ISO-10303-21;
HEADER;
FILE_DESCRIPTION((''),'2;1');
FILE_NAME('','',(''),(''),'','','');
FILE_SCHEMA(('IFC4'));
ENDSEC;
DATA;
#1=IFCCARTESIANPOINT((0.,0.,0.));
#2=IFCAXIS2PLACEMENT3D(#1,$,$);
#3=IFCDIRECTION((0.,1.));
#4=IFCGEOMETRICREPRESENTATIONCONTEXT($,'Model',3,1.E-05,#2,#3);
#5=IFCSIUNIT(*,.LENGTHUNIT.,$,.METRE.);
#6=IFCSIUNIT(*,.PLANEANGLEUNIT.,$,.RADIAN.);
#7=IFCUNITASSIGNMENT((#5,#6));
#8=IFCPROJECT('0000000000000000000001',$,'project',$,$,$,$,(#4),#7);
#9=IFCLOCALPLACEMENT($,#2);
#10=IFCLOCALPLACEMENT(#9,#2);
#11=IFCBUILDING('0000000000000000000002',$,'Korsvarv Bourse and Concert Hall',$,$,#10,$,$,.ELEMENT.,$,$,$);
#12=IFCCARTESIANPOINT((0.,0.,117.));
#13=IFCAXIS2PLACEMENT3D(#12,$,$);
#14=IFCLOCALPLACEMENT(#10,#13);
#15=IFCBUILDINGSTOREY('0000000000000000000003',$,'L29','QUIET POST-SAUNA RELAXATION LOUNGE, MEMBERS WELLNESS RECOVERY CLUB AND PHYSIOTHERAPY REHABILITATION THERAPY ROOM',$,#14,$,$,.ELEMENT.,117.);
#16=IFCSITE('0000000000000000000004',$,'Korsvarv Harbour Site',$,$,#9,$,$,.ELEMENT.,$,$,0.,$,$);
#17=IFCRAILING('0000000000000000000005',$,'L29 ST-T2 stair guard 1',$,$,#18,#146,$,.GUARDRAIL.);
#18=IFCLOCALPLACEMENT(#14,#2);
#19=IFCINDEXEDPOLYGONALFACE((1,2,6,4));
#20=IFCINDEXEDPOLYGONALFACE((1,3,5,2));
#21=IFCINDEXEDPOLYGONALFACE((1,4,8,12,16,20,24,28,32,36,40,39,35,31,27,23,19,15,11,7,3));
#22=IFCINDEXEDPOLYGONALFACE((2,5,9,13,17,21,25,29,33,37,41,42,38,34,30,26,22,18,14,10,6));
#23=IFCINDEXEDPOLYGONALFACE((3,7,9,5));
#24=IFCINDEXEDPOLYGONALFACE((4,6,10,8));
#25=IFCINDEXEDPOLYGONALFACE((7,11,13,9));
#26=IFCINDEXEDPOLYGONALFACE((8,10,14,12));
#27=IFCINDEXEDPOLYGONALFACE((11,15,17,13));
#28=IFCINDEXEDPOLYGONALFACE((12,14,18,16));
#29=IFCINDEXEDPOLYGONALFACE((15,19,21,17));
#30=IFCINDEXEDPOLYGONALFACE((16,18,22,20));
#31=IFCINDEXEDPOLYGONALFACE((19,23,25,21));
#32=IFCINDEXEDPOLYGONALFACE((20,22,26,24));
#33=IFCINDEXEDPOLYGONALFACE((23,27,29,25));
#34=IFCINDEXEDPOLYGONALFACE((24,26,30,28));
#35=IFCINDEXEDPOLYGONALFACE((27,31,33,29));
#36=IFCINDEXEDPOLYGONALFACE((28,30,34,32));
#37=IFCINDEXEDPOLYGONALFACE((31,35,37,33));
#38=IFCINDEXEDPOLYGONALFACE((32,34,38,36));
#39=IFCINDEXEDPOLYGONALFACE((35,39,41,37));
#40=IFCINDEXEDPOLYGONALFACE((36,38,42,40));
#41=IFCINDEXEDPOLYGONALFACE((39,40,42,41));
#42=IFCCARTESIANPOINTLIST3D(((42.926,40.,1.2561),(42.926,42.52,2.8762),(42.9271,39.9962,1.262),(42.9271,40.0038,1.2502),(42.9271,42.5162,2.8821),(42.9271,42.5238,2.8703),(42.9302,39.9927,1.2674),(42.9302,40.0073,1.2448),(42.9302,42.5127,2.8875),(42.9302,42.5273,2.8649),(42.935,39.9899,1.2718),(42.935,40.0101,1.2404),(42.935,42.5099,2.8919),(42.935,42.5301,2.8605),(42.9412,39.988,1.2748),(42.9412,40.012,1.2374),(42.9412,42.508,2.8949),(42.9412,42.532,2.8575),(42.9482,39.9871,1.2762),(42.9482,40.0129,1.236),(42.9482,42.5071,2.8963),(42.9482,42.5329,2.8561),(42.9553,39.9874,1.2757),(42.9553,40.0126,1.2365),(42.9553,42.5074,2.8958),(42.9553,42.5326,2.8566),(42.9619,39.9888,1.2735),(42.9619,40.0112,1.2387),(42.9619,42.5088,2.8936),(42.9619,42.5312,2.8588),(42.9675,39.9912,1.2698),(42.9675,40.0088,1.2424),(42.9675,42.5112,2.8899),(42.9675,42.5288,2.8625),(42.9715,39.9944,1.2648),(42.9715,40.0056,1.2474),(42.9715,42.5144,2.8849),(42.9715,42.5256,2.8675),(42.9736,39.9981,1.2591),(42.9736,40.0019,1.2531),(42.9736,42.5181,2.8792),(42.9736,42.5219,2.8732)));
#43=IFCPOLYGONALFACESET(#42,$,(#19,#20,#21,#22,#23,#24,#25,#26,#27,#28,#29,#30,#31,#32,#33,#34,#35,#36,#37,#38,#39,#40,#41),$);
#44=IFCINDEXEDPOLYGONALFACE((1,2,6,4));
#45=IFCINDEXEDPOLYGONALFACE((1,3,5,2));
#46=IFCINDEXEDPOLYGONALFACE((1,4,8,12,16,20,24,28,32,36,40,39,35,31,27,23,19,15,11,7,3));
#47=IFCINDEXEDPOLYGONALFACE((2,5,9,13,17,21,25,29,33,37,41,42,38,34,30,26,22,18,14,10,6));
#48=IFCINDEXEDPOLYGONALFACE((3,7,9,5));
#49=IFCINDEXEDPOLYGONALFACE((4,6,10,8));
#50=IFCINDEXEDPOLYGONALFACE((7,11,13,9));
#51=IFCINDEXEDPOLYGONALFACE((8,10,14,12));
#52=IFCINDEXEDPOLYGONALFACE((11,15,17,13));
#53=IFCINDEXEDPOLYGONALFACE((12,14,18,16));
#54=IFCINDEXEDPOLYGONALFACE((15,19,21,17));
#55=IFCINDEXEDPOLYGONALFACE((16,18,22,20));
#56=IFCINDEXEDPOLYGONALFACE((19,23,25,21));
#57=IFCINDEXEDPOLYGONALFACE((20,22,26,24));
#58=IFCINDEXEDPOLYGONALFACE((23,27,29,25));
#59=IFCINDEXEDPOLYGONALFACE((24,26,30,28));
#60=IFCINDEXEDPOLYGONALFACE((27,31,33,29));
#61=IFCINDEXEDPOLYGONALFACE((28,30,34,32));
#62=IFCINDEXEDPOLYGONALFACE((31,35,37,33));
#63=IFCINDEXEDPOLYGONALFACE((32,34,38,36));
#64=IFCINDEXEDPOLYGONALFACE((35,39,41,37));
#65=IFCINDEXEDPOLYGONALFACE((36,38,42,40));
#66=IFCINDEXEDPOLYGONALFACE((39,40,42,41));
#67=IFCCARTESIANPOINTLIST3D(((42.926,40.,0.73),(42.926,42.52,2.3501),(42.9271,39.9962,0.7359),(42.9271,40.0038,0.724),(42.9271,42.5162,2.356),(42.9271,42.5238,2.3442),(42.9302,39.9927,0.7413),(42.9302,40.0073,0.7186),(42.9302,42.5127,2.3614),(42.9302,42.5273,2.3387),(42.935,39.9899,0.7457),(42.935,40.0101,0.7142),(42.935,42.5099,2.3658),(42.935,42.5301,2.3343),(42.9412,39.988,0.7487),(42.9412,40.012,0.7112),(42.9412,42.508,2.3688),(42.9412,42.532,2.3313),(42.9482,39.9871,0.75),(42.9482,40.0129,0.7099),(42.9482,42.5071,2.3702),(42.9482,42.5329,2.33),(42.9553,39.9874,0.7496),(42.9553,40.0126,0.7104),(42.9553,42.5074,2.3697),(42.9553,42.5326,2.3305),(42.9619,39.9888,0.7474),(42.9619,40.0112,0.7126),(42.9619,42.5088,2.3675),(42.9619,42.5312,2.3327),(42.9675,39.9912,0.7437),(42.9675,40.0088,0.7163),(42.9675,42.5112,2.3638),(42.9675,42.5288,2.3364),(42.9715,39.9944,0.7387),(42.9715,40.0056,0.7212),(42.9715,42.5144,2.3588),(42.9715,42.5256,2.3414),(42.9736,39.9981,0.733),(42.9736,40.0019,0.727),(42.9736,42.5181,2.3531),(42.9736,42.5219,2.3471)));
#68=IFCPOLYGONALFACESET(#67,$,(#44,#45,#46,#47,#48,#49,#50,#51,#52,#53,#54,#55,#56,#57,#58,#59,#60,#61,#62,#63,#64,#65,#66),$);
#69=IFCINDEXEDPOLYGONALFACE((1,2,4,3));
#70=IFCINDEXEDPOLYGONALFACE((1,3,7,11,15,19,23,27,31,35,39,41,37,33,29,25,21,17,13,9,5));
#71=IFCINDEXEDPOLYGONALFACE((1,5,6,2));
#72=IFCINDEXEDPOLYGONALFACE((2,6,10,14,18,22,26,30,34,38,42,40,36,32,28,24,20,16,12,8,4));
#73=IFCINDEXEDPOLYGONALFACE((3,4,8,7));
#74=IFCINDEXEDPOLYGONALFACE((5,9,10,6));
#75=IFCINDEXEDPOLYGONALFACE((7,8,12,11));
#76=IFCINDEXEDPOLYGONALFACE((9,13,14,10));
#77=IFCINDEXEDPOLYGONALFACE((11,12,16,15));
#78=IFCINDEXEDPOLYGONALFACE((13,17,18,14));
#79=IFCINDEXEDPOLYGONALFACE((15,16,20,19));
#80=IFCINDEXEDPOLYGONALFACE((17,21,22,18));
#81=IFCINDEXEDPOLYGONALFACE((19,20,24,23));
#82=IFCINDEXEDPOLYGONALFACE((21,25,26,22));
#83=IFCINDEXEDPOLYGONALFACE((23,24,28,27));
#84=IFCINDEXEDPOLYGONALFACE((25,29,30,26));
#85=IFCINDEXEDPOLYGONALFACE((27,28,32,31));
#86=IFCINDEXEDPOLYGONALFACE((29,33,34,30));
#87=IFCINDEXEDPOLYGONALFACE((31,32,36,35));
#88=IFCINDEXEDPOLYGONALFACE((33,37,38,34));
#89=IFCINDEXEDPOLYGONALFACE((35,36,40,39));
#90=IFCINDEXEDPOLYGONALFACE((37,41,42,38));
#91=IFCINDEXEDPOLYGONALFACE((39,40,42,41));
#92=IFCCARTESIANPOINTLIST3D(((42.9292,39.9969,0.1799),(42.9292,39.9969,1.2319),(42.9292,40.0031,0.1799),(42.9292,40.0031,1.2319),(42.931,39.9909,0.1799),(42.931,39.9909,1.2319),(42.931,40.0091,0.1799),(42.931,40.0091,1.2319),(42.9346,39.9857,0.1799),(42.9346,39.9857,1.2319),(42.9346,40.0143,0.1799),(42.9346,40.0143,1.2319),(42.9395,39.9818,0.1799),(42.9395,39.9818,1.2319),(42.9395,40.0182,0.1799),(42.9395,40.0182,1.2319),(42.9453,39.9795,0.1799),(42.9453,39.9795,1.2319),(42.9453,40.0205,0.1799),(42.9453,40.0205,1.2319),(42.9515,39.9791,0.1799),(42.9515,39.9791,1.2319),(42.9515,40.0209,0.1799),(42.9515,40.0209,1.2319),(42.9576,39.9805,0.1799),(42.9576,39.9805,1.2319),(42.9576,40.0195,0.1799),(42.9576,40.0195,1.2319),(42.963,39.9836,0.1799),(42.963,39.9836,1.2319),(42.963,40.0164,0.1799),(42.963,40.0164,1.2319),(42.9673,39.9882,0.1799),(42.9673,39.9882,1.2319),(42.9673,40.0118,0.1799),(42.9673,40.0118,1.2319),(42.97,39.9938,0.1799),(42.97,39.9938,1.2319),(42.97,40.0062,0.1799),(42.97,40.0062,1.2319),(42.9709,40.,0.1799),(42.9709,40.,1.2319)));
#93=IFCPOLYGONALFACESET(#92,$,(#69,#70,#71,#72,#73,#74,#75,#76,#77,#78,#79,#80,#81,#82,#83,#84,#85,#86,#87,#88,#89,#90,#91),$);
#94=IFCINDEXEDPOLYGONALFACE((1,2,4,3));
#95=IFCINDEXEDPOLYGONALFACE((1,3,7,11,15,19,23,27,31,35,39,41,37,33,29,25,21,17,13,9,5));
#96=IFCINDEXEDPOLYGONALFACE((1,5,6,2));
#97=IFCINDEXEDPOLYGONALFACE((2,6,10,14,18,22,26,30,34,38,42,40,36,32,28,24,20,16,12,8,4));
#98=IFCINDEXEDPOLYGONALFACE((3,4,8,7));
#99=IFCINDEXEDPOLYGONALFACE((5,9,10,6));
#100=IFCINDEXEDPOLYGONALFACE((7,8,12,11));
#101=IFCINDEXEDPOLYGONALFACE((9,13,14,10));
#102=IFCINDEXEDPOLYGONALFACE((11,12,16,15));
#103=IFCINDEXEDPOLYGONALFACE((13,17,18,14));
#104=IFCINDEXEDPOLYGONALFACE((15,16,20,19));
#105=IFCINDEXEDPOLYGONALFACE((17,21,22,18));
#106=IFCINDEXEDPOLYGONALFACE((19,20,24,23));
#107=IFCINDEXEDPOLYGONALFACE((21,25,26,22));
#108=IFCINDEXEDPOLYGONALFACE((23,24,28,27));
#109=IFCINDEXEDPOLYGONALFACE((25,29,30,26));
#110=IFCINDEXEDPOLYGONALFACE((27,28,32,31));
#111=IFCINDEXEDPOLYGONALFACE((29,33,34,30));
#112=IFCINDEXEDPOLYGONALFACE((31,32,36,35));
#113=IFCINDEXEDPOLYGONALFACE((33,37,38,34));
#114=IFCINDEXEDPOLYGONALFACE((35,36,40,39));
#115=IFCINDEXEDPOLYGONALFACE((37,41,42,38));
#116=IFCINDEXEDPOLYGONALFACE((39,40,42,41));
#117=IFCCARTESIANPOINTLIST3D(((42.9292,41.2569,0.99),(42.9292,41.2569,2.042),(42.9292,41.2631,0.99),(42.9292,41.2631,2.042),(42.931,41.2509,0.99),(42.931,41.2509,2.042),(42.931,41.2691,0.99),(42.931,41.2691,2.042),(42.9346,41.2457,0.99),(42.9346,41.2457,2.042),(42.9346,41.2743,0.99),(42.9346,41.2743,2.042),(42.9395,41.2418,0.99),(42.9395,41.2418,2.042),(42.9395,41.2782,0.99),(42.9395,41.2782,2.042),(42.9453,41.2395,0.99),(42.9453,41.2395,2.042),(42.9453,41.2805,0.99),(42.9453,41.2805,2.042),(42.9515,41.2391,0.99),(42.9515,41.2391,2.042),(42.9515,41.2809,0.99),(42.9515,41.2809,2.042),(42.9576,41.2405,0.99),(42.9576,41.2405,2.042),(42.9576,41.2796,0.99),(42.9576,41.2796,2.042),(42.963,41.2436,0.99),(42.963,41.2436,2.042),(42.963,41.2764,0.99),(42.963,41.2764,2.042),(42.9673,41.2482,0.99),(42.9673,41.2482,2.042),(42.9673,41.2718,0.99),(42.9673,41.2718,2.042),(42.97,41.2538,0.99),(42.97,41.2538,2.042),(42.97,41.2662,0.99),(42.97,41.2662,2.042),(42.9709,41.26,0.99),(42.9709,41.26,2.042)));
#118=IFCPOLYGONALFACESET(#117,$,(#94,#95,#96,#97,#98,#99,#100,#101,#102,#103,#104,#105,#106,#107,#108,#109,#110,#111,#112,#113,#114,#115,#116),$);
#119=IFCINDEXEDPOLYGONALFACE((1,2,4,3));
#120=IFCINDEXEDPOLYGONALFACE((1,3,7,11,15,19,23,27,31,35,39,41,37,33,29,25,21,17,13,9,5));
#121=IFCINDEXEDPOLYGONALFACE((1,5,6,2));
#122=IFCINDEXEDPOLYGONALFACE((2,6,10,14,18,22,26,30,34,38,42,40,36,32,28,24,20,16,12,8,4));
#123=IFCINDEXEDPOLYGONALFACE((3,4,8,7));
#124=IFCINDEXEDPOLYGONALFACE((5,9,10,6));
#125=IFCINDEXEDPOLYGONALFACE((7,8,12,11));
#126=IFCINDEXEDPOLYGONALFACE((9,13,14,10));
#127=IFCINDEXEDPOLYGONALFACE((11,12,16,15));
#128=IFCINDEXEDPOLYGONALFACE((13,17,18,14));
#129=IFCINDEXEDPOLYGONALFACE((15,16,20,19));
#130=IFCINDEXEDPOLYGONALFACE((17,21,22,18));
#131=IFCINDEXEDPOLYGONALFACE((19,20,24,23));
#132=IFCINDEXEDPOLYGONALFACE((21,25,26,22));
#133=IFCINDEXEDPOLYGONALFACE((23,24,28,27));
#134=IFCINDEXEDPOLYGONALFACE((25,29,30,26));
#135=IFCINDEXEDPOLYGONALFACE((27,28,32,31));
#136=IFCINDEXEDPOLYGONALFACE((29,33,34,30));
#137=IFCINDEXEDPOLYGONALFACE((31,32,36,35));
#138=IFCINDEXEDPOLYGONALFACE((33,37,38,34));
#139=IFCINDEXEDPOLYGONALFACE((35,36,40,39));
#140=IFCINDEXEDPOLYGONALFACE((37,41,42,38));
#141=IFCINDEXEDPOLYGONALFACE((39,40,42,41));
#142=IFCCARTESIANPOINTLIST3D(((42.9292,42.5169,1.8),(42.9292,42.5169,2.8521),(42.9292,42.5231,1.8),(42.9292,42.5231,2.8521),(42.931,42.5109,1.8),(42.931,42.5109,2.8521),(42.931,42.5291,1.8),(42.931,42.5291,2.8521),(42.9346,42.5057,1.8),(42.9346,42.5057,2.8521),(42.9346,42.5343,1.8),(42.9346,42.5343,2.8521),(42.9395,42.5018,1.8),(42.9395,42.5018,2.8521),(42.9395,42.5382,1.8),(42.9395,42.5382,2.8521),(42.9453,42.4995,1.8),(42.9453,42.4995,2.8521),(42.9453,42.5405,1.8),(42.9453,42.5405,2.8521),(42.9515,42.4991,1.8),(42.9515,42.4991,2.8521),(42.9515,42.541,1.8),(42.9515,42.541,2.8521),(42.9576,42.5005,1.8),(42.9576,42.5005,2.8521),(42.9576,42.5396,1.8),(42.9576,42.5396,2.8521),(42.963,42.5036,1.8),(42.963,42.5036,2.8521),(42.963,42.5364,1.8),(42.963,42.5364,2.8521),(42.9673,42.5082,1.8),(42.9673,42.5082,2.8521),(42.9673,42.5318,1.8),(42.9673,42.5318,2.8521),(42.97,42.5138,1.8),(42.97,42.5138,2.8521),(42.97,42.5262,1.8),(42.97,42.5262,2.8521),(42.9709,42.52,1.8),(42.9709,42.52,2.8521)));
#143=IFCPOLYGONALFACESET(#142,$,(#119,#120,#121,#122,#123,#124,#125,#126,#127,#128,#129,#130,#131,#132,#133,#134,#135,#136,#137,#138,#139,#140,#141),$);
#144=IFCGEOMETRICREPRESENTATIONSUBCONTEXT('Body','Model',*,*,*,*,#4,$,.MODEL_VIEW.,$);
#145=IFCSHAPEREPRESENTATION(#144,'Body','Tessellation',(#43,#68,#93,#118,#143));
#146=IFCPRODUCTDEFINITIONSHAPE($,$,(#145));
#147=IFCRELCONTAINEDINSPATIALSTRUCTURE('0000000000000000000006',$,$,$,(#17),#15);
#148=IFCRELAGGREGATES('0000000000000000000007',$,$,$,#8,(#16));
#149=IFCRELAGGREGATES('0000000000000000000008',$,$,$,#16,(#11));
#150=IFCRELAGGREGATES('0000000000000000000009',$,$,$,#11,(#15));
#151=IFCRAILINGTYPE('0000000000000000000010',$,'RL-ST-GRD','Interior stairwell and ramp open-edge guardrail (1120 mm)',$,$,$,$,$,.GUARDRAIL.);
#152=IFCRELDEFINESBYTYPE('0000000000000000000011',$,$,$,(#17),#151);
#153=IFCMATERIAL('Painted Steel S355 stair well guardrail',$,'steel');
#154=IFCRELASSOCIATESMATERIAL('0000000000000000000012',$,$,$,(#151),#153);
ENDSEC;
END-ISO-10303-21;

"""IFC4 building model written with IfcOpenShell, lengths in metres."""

from ifc_helpers import new_model, si_unit, direction, frame, origin, origin_2d, place, context, subcontext, project, spatial, circle, extrude, material, type_object, element, save


model = new_model("IFC4")

# Units and contexts
model_context = context("Model", 3, precision=1e-05, world=origin(), true_north=direction((0.0, 1.0)))
body_context = subcontext(model_context, "Body", "Model", "MODEL_VIEW")
ifc_project = project(units=[si_unit("LENGTHUNIT", "METRE"), si_unit("PLANEANGLEUNIT", "RADIAN")], contexts=[model_context])

# Site, building, storey
site_placement = place(None, origin())
site = spatial("IfcSite", under=ifc_project, at=site_placement, Name="Korsvarv Harbour Site", CompositionType="ELEMENT", RefElevation=0.0)
building_placement = place(site_placement, origin())
building = spatial("IfcBuilding", under=site, at=building_placement, Name="Korsvarv Bourse and Concert Hall", CompositionType="ELEMENT")
storey_placement = place(building_placement, frame((0.0, 0.0, 117.0)))
storey = spatial("IfcBuildingStorey", under=building, at=storey_placement, Name="L29", Description="QUIET POST-SAUNA RELAXATION LOUNGE, MEMBERS WELLNESS RECOVERY CLUB AND PHYSIOTHERAPY REHABILITATION THERAPY ROOM", CompositionType="ELEMENT", Elevation=117.0)

# Railing
ifc_material_1 = material(Name="Painted Steel S355 stair well guardrail", Category="steel")
railing_type_1 = type_object("IfcRailingType", Name="RL-ST-GRD", Description="Interior stairwell and ramp open-edge guardrail (1120 mm)", PredefinedType="GUARDRAIL", material=ifc_material_1)
railing_1_placement = place(storey_placement, frame((42.95, 40.0, 0.1799)))
element("IfcRailing", 1, at=railing_1_placement, inside=storey, type_object=railing_type_1, Name="L29 ST-T2 stair guard 1", PredefinedType="GUARDRAIL", context=body_context, shape_type="SweptSolid", body=[
    extrude(circle(Radius=0.0239, at=origin_2d()), frame((0.0, 0.0, 1.0762), z_axis=(0.0, 0.841163, 0.540782), x_axis=(-1.0, 0.0, 0.0)), (0.0, 0.0, 1.0), 2.9958),
    extrude(circle(Radius=0.0239, at=origin_2d()), frame((0.0, 0.0, 0.55), z_axis=(0.0, 0.841163, 0.540782), x_axis=(-1.0, 0.0, 0.0)), (0.0, 0.0, 1.0), 2.9958),
    extrude(circle(Radius=0.021, at=origin_2d()), origin(), (0.0, 0.0, 1.0), 1.052),
    extrude(circle(Radius=0.021, at=origin_2d()), frame((0.0, 1.26, 0.8101)), (0.0, 0.0, 1.0), 1.052),
    extrude(circle(Radius=0.021, at=origin_2d()), frame((0.0, 2.52, 1.6201)), (0.0, 0.0, 1.0), 1.052),
])

save(model, "model.ifc")
